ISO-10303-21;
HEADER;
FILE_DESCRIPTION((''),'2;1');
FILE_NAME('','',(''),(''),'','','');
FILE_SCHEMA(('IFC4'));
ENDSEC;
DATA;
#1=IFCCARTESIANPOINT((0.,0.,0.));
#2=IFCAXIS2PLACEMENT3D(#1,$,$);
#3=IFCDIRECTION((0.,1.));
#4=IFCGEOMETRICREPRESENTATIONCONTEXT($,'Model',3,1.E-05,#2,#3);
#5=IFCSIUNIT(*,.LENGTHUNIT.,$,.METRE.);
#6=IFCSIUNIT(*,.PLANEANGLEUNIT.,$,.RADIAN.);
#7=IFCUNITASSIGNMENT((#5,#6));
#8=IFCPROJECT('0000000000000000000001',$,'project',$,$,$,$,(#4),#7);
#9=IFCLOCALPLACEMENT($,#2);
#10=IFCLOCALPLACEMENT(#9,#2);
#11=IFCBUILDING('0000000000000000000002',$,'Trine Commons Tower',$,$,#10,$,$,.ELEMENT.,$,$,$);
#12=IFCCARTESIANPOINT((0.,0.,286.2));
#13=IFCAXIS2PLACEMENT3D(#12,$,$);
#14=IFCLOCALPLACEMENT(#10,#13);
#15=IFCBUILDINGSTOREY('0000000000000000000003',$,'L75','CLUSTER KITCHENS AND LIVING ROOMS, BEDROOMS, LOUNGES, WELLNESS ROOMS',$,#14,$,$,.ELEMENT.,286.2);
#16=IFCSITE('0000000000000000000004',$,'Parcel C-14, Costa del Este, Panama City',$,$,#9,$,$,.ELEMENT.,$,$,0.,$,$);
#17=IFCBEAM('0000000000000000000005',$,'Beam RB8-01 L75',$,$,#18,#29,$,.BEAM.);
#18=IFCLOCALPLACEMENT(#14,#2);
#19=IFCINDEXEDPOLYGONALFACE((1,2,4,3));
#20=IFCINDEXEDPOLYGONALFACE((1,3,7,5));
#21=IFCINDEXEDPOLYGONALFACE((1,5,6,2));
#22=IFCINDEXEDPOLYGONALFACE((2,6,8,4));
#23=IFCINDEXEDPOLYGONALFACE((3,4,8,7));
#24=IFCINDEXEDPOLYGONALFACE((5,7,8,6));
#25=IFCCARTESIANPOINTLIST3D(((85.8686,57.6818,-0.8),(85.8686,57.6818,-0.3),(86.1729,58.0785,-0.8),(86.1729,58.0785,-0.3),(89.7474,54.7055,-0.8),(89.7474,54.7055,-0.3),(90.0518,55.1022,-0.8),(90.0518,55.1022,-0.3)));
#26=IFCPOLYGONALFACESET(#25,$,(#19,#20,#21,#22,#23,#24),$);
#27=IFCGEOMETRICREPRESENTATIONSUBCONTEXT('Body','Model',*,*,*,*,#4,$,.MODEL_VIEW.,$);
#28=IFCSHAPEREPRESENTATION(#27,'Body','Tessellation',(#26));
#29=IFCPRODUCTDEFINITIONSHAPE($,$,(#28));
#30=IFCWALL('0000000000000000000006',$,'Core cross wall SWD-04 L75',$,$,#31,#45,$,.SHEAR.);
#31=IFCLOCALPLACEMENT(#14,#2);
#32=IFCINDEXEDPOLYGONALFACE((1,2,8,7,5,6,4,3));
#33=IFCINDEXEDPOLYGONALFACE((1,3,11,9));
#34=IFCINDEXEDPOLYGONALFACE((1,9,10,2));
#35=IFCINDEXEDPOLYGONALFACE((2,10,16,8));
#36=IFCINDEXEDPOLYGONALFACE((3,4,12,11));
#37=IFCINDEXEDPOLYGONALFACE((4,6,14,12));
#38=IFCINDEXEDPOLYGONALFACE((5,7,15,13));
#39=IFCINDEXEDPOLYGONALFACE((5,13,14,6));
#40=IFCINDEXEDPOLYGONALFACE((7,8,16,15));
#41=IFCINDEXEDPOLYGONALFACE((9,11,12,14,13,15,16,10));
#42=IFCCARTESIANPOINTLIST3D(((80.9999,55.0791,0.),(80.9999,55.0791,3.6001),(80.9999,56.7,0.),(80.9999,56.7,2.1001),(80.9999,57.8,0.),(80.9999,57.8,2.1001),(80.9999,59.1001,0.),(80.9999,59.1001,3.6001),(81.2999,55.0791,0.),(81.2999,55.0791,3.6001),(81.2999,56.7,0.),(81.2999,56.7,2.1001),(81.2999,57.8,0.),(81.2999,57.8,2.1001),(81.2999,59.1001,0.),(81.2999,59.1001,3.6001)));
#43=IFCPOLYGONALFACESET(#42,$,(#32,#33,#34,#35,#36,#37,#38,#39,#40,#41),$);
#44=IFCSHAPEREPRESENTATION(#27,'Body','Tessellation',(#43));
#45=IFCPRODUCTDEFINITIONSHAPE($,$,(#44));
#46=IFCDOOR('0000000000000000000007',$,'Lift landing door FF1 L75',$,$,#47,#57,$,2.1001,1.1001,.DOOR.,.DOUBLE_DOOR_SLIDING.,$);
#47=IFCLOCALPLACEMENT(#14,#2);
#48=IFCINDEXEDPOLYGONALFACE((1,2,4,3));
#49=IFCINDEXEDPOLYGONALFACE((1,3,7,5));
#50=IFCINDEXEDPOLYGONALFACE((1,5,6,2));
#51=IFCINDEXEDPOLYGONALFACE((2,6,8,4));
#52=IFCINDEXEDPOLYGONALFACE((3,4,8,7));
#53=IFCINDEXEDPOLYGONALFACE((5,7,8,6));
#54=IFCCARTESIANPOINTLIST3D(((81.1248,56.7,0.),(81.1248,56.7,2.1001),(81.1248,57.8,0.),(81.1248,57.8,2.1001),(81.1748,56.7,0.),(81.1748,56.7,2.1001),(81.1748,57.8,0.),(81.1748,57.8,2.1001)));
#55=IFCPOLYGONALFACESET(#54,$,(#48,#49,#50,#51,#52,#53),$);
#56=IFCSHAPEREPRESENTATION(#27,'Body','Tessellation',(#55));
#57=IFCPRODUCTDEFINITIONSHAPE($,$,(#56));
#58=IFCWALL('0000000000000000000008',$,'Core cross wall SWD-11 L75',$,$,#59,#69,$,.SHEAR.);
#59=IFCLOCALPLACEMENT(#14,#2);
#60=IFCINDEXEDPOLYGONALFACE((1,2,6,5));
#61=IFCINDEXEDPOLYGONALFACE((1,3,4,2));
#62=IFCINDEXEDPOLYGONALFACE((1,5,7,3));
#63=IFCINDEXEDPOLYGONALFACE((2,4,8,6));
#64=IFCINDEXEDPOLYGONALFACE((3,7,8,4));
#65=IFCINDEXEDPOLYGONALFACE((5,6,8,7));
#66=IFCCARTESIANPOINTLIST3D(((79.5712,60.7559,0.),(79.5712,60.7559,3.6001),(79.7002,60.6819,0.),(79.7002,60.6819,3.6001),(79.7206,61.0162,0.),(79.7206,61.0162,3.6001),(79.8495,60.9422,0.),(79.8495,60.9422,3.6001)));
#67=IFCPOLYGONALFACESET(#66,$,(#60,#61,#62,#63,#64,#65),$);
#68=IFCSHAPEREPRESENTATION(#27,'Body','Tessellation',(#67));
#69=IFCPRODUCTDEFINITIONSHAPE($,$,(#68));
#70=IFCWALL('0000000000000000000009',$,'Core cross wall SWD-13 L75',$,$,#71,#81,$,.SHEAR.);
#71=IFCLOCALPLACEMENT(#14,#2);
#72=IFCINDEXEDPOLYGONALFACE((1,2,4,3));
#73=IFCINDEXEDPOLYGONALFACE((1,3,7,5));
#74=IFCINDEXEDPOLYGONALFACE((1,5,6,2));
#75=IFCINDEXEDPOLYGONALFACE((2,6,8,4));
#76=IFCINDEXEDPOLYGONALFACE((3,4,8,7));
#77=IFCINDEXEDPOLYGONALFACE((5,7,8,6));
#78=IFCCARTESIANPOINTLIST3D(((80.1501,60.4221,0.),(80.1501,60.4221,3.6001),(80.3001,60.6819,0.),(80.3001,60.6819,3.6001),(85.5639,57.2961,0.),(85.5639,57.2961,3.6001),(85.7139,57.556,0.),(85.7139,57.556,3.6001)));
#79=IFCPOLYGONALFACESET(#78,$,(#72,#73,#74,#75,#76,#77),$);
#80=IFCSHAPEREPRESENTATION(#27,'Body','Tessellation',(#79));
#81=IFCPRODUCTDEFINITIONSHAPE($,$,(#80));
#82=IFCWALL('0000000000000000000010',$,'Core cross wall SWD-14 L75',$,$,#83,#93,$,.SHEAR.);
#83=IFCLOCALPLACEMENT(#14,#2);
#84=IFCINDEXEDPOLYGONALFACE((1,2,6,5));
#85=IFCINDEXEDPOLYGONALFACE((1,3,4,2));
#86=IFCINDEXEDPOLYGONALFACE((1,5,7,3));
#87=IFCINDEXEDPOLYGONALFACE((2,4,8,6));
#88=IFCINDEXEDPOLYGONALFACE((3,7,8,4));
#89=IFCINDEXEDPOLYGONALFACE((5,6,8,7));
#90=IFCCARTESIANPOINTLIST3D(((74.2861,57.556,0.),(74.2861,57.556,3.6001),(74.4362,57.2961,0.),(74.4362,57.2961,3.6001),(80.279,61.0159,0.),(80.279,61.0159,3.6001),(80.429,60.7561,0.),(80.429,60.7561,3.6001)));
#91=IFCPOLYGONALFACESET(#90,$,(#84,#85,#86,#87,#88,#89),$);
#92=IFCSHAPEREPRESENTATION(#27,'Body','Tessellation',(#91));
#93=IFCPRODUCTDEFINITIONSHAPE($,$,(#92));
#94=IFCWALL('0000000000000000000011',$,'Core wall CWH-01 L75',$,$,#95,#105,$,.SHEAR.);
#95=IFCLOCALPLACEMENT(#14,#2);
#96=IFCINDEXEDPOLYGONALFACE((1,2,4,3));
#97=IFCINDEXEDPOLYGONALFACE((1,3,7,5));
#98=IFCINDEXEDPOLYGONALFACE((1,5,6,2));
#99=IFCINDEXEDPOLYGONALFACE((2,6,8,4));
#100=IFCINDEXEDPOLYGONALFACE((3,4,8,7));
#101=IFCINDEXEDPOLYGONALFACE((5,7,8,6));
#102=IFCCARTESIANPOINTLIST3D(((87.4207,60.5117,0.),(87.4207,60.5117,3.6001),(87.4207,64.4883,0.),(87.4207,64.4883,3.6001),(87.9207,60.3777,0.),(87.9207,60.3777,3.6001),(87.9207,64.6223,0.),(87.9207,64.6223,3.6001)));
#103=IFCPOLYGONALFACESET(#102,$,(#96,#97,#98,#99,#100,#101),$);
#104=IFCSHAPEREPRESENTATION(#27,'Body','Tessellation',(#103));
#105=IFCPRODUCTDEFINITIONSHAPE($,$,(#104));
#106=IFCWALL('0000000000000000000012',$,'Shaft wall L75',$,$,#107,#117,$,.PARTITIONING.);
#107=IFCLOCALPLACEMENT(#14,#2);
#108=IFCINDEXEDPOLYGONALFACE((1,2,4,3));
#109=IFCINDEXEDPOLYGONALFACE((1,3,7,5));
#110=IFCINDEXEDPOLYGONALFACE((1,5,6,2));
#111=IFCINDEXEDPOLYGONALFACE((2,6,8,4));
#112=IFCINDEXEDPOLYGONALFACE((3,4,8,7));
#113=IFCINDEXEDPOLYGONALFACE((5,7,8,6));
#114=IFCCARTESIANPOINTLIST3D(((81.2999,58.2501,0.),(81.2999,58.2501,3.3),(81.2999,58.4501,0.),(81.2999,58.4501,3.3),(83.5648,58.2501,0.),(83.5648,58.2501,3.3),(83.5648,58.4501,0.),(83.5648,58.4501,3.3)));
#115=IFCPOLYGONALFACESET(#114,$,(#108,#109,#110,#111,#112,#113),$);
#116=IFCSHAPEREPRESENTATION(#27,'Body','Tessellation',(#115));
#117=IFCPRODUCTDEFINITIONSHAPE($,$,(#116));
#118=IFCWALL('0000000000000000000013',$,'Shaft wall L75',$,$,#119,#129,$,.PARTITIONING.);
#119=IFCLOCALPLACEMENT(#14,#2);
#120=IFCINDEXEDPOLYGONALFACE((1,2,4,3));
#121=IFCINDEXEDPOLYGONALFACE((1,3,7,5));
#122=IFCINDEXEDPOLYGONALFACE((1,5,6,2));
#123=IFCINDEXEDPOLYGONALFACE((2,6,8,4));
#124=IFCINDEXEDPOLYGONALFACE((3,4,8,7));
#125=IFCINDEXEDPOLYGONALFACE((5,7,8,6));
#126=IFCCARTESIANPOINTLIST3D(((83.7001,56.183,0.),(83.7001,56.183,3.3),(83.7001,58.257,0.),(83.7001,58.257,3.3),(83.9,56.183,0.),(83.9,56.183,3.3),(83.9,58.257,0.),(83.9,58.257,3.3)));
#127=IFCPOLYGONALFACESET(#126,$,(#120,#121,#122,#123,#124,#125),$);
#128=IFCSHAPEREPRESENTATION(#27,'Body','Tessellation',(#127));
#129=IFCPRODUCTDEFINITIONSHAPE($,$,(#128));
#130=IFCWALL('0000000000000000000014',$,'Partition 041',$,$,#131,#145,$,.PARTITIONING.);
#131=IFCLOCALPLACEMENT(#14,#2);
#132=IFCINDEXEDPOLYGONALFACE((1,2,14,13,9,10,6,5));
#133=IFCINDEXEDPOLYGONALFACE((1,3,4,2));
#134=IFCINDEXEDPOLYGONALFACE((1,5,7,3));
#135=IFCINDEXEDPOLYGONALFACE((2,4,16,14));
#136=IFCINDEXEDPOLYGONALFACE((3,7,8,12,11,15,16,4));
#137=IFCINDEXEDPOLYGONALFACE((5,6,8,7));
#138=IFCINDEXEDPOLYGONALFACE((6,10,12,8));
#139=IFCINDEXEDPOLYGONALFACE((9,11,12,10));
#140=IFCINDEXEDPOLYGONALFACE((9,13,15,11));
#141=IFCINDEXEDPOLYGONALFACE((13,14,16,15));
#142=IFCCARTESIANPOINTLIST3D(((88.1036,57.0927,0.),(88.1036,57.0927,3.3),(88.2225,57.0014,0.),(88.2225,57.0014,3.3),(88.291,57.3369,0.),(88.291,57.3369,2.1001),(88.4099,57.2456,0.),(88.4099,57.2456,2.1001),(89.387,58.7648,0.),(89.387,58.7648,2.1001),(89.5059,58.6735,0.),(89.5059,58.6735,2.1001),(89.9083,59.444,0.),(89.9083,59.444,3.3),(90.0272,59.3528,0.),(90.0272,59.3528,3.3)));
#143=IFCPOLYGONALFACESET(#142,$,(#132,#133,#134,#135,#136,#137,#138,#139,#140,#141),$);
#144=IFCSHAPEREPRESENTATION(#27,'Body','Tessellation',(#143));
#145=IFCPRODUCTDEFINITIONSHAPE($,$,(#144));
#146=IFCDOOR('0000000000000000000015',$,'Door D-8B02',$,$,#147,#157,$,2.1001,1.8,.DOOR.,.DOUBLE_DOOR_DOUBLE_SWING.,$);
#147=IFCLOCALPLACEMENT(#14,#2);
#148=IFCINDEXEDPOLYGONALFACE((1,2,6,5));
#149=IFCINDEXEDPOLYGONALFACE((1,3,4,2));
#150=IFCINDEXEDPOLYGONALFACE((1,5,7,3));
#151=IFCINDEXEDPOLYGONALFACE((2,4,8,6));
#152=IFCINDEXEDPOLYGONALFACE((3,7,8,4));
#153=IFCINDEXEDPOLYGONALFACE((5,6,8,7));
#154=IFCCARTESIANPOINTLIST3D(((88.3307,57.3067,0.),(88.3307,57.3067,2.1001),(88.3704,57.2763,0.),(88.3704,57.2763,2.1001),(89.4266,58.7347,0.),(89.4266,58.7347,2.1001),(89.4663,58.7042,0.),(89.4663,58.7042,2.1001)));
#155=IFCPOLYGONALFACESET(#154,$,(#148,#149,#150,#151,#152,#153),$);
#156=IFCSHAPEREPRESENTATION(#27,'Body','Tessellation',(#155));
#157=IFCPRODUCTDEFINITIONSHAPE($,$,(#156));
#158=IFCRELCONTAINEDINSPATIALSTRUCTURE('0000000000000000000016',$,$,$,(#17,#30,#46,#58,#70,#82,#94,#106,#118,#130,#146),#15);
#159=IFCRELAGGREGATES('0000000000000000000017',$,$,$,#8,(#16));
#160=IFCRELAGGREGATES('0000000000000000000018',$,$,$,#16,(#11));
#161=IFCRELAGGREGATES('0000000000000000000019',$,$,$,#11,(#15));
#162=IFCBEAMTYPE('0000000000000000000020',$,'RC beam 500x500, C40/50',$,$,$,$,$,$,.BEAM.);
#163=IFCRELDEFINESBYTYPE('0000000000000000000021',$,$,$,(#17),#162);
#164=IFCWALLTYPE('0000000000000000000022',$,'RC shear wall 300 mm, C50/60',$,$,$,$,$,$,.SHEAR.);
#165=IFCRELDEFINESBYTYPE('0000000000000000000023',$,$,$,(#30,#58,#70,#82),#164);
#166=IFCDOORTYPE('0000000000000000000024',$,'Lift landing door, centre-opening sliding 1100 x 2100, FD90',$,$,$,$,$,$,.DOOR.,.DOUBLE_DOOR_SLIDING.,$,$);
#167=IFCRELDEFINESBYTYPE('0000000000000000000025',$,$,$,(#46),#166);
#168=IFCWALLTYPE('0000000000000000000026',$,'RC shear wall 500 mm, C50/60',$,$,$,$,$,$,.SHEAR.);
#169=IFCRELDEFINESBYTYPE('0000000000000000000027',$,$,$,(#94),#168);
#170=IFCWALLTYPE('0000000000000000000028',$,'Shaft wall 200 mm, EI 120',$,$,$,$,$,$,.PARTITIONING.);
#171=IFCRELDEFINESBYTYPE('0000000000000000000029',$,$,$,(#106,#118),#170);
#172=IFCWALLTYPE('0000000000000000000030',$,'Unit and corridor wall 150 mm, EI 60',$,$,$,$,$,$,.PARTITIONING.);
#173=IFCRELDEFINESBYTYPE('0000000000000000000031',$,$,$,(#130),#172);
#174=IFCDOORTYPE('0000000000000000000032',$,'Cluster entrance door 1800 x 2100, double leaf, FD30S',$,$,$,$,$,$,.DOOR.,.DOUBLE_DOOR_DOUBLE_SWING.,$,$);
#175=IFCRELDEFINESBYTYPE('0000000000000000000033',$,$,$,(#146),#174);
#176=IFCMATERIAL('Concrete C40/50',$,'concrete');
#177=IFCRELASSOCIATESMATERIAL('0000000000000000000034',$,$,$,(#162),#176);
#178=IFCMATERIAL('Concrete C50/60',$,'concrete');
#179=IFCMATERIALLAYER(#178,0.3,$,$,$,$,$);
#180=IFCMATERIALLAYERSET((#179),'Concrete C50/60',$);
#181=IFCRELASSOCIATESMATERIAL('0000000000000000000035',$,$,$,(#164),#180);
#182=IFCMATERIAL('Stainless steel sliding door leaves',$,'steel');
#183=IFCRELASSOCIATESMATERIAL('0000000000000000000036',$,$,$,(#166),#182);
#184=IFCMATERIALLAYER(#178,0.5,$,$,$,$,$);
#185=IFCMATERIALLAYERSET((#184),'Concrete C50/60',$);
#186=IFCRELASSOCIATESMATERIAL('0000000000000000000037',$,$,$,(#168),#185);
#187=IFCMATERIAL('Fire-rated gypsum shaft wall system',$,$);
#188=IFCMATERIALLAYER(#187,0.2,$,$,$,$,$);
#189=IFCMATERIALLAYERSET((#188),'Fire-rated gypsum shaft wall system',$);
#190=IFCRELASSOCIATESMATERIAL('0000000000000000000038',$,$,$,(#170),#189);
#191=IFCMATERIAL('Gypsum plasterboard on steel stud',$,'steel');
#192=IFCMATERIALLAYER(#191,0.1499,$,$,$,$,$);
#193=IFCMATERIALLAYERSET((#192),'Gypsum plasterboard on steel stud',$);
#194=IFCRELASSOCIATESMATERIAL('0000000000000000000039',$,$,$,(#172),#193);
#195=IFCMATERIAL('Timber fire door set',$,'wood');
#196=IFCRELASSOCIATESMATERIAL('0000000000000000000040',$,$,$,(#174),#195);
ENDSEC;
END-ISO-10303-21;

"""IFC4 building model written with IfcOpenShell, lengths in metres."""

from ifc_helpers import new_model, si_unit, direction, frame, frame_2d, origin, origin_2d, place, context, subcontext, project, spatial, polyline, rectangle, outline, extrude, material, layer, layer_set, material_profile, profile_set, type_object, element, fill, save


model = new_model("IFC4")

# Units and contexts
model_context = context("Model", 3, precision=1e-05, world=origin(), true_north=direction((0.0, 1.0)))
body_context = subcontext(model_context, "Body", "Model", "MODEL_VIEW")
ifc_project = project(units=[si_unit("LENGTHUNIT", "METRE"), si_unit("PLANEANGLEUNIT", "RADIAN")], contexts=[model_context])

# Site, building, storey
site_placement = place(None, origin())
site = spatial("IfcSite", under=ifc_project, at=site_placement, Name="Parcel C-14, Costa del Este, Panama City", CompositionType="ELEMENT", RefElevation=0.0)
building_placement = place(site_placement, origin())
building = spatial("IfcBuilding", under=site, at=building_placement, Name="Trine Commons Tower", CompositionType="ELEMENT")
storey_placement = place(building_placement, frame((0.0, 0.0, 286.2)))
storey = spatial("IfcBuildingStorey", under=building, at=storey_placement, Name="L75", Description="CLUSTER KITCHENS AND LIVING ROOMS, BEDROOMS, LOUNGES, WELLNESS ROOMS", CompositionType="ELEMENT", Elevation=286.2)

# Beam
ifc_material_1 = material(Name="Concrete C40/50", Category="concrete")
ifc_material_profile = material_profile(ifc_material_1, rectangle(XDim=0.5, YDim=0.5, at=origin_2d()), Name="RC 500x500")
ifc_profile_set = profile_set([ifc_material_profile], Name="Concrete C40/50")
beam_type = type_object("IfcBeamType", Name="RC beam 500x500, C40/50", PredefinedType="BEAM", material=ifc_profile_set)
beam_placement = place(storey_placement, frame((86.0208, 57.8801, -0.55), z_axis=(0.79336, -0.608752, 0.0), x_axis=(0.608752, 0.79336, 0.0)))
element("IfcBeam", 1, at=beam_placement, inside=storey, type_object=beam_type, Name="Beam RB8-01 L75", PredefinedType="BEAM", context=body_context, shape_type="SweptSolid", body=[
    extrude(rectangle(XDim=0.5, YDim=0.5, at=origin_2d()), origin(), (0.0, 0.0, 1.0), 4.8892),
])

# Wall, opening, door
ifc_material_2 = material(Name="Concrete C50/60", Category="concrete")
ifc_layer_1 = layer(ifc_material_2, 0.3)
ifc_layer_set_1 = layer_set([ifc_layer_1], Name="Concrete C50/60")
wall_type_1 = type_object("IfcWallType", Name="RC shear wall 300 mm, C50/60", PredefinedType="SHEAR", material=ifc_layer_set_1)
wall_1_placement = place(storey_placement, frame((81.1499, 59.1001, 0.0), z_axis=(0.0, 0.0, 1.0), x_axis=(0.0, -1.0, 0.0)))
wall_1 = element("IfcWall", 2, at=wall_1_placement, inside=storey, type_object=wall_type_1, Name="Core cross wall SWD-04 L75", PredefinedType="SHEAR", context=body_context, shape_type="SweptSolid", body=[
    extrude(rectangle(XDim=4.021, YDim=0.3, at=frame_2d((2.0105, 0.0))), origin(), (0.0, 0.0, 1.0), 3.6001),
])
opening_1_placement = place(wall_1_placement, frame((1.3, 0.0, 0.0)))
opening_1 = element("IfcOpeningElement", 3, at=opening_1_placement, cuts=wall_1, PredefinedType="OPENING", context=body_context, shape_type="SweptSolid", body=[
    extrude(rectangle(XDim=1.1001, YDim=2.1001, at=frame_2d((0.55, 1.05))), frame((0.0, 0.1599, 0.0), z_axis=(0.0, -1.0, 0.0), x_axis=(1.0, 0.0, 0.0)), (0.0, 0.0, 1.0), 0.3201),
])
ifc_material_3 = material(Name="Stainless steel sliding door leaves", Category="steel")
door_type_1 = type_object("IfcDoorType", Name="Lift landing door, centre-opening sliding 1100 x 2100, FD90", OperationType="DOUBLE_DOOR_SLIDING", PredefinedType="DOOR", material=ifc_material_3)
door_1_placement = place(opening_1_placement, origin())
door_1 = element("IfcDoor", 4, at=door_1_placement, inside=storey, type_object=door_type_1, Name="Lift landing door FF1 L75", OperationType="DOUBLE_DOOR_SLIDING", OverallHeight=2.1001, OverallWidth=1.1001, PredefinedType="DOOR", context=body_context, shape_type="SweptSolid", body=[
    extrude(rectangle(XDim=1.1001, YDim=2.1001, at=frame_2d((0.55, 1.05))), frame((0.0, 0.0249, 0.0), z_axis=(0.0, -1.0, 0.0), x_axis=(1.0, 0.0, 0.0)), (0.0, 0.0, 1.0), 0.05),
])
fill(opening_1, door_1)

# Walls
wall_2_placement = place(storey_placement, frame((79.646, 60.886, 0.0), z_axis=(0.0, 0.0, 1.0), x_axis=(0.867332, -0.49773, 0.0)))
element("IfcWall", 5, at=wall_2_placement, inside=storey, type_object=wall_type_1, Name="Core cross wall SWD-11 L75", PredefinedType="SHEAR", context=body_context, shape_type="SweptSolid", body=[
    extrude(rectangle(XDim=0.1487, YDim=0.3, at=frame_2d((0.0742, 0.0))), origin(), (0.0, 0.0, 1.0), 3.6001),
])
wall_3_placement = place(storey_placement, frame((80.2251, 60.552, 0.0), z_axis=(0.0, 0.0, 1.0), x_axis=(0.866004, -0.500037, 0.0)))
element("IfcWall", 6, at=wall_3_placement, inside=storey, type_object=wall_type_1, Name="Core cross wall SWD-13 L75", PredefinedType="SHEAR", context=body_context, shape_type="SweptSolid", body=[
    extrude(rectangle(XDim=6.2515, YDim=0.3, at=frame_2d((3.1257, 0.0))), origin(), (0.0, 0.0, 1.0), 3.6001),
])
wall_4_placement = place(storey_placement, frame((80.354, 60.886, 0.0), z_axis=(0.0, 0.0, 1.0), x_axis=(-0.866029, -0.499994, 0.0)))
element("IfcWall", 7, at=wall_4_placement, inside=storey, type_object=wall_type_1, Name="Core cross wall SWD-14 L75", PredefinedType="SHEAR", context=body_context, shape_type="SweptSolid", body=[
    extrude(rectangle(XDim=6.9199, YDim=0.3, at=frame_2d((3.46, 0.0))), origin(), (0.0, 0.0, 1.0), 3.6001),
])
ifc_layer_2 = layer(ifc_material_2, 0.5)
ifc_layer_set_2 = layer_set([ifc_layer_2], Name="Concrete C50/60")
wall_type_2 = type_object("IfcWallType", Name="RC shear wall 500 mm, C50/60", PredefinedType="SHEAR", material=ifc_layer_set_2)
wall_5_placement = place(storey_placement, frame((87.6707, 60.3777, 0.0), z_axis=(0.0, 0.0, 1.0), x_axis=(0.0, 1.0, 0.0)))
element("IfcWall", 8, at=wall_5_placement, inside=storey, type_object=wall_type_2, Name="Core wall CWH-01 L75", PredefinedType="SHEAR", context=body_context, shape_type="SweptSolid", body=[
    extrude(outline(polyline([(0.0, -0.25), (4.2446, -0.25), (4.1106, 0.25), (0.134, 0.25), (0.0, -0.25)])), origin(), (0.0, 0.0, 1.0), 3.6001),
])
ifc_material_4 = material(Name="Fire-rated gypsum shaft wall system")
ifc_layer_3 = layer(ifc_material_4, 0.2)
ifc_layer_set_3 = layer_set([ifc_layer_3], Name="Fire-rated gypsum shaft wall system")
wall_type_3 = type_object("IfcWallType", Name="Shaft wall 200 mm, EI 120", PredefinedType="PARTITIONING", material=ifc_layer_set_3)
wall_6_placement = place(storey_placement, frame((81.3, 58.3501, 0.0), z_axis=(0.0, 0.0, 1.0), x_axis=(1.0, 0.0, 0.0)))
element("IfcWall", 9, at=wall_6_placement, inside=storey, type_object=wall_type_3, Name="Shaft wall L75", PredefinedType="PARTITIONING", context=body_context, shape_type="SweptSolid", body=[
    extrude(rectangle(XDim=2.2649, YDim=0.2, at=frame_2d((1.1323, 0.0))), origin(), (0.0, 0.0, 1.0), 3.3),
])
wall_7_placement = place(storey_placement, frame((83.8, 58.2571, 0.0), z_axis=(0.0, 0.0, 1.0), x_axis=(0.0, -1.0, 0.0)))
element("IfcWall", 10, at=wall_7_placement, inside=storey, type_object=wall_type_3, Name="Shaft wall L75", PredefinedType="PARTITIONING", context=body_context, shape_type="SweptSolid", body=[
    extrude(rectangle(XDim=2.074, YDim=0.2, at=frame_2d((1.0371, 0.0))), origin(), (0.0, 0.0, 1.0), 3.3),
])

# Wall, opening, door
ifc_material_5 = material(Name="Gypsum plasterboard on steel stud", Category="steel")
ifc_layer_4 = layer(ifc_material_5, 0.1499)
ifc_layer_set_4 = layer_set([ifc_layer_4], Name="Gypsum plasterboard on steel stud")
wall_type_4 = type_object("IfcWallType", Name="Unit and corridor wall 150 mm, EI 60", PredefinedType="PARTITIONING", material=ifc_layer_set_4)
wall_8_placement = place(storey_placement, frame((88.1631, 57.0471, 0.0), z_axis=(0.0, 0.0, 1.0), x_axis=(0.608859, 0.793279, 0.0)))
wall_8 = element("IfcWall", 11, at=wall_8_placement, inside=storey, type_object=wall_type_4, Name="Partition 041", PredefinedType="PARTITIONING", context=body_context, shape_type="SweptSolid", body=[
    extrude(rectangle(XDim=2.9641, YDim=0.1499, at=frame_2d((1.4819, 0.0))), origin(), (0.0, 0.0, 1.0), 3.3),
])
opening_2_placement = place(wall_8_placement, frame((0.3079, 0.0, 0.0)))
opening_2 = element("IfcOpeningElement", 12, at=opening_2_placement, cuts=wall_8, PredefinedType="OPENING", context=body_context, shape_type="SweptSolid", body=[
    extrude(rectangle(XDim=1.8, YDim=2.1001, at=frame_2d((0.8999, 1.05))), frame((0.0, 0.085, 0.0), z_axis=(0.0, -1.0, 0.0), x_axis=(1.0, 0.0, 0.0)), (0.0, 0.0, 1.0), 0.1699),
])
ifc_material_6 = material(Name="Timber fire door set", Category="wood")
door_type_2 = type_object("IfcDoorType", Name="Cluster entrance door 1800 x 2100, double leaf, FD30S", OperationType="DOUBLE_DOOR_DOUBLE_SWING", PredefinedType="DOOR", material=ifc_material_6)
door_2_placement = place(opening_2_placement, frame((1.8, 0.0, 0.0), z_axis=(0.0, 0.0, 1.0), x_axis=(-1.0, 0.0, 0.0)))
door_2 = element("IfcDoor", 13, at=door_2_placement, inside=storey, type_object=door_type_2, Name="Door D-8B02", OperationType="DOUBLE_DOOR_DOUBLE_SWING", OverallHeight=2.1001, OverallWidth=1.8, PredefinedType="DOOR", context=body_context, shape_type="SweptSolid", body=[
    extrude(rectangle(XDim=1.8, YDim=2.1001, at=frame_2d((0.8999, 1.05))), frame((0.0, 0.0249, 0.0), z_axis=(0.0, -1.0, 0.0), x_axis=(1.0, 0.0, 0.0)), (0.0, 0.0, 1.0), 0.05),
])
fill(opening_2, door_2)

save(model, "model.ifc")
